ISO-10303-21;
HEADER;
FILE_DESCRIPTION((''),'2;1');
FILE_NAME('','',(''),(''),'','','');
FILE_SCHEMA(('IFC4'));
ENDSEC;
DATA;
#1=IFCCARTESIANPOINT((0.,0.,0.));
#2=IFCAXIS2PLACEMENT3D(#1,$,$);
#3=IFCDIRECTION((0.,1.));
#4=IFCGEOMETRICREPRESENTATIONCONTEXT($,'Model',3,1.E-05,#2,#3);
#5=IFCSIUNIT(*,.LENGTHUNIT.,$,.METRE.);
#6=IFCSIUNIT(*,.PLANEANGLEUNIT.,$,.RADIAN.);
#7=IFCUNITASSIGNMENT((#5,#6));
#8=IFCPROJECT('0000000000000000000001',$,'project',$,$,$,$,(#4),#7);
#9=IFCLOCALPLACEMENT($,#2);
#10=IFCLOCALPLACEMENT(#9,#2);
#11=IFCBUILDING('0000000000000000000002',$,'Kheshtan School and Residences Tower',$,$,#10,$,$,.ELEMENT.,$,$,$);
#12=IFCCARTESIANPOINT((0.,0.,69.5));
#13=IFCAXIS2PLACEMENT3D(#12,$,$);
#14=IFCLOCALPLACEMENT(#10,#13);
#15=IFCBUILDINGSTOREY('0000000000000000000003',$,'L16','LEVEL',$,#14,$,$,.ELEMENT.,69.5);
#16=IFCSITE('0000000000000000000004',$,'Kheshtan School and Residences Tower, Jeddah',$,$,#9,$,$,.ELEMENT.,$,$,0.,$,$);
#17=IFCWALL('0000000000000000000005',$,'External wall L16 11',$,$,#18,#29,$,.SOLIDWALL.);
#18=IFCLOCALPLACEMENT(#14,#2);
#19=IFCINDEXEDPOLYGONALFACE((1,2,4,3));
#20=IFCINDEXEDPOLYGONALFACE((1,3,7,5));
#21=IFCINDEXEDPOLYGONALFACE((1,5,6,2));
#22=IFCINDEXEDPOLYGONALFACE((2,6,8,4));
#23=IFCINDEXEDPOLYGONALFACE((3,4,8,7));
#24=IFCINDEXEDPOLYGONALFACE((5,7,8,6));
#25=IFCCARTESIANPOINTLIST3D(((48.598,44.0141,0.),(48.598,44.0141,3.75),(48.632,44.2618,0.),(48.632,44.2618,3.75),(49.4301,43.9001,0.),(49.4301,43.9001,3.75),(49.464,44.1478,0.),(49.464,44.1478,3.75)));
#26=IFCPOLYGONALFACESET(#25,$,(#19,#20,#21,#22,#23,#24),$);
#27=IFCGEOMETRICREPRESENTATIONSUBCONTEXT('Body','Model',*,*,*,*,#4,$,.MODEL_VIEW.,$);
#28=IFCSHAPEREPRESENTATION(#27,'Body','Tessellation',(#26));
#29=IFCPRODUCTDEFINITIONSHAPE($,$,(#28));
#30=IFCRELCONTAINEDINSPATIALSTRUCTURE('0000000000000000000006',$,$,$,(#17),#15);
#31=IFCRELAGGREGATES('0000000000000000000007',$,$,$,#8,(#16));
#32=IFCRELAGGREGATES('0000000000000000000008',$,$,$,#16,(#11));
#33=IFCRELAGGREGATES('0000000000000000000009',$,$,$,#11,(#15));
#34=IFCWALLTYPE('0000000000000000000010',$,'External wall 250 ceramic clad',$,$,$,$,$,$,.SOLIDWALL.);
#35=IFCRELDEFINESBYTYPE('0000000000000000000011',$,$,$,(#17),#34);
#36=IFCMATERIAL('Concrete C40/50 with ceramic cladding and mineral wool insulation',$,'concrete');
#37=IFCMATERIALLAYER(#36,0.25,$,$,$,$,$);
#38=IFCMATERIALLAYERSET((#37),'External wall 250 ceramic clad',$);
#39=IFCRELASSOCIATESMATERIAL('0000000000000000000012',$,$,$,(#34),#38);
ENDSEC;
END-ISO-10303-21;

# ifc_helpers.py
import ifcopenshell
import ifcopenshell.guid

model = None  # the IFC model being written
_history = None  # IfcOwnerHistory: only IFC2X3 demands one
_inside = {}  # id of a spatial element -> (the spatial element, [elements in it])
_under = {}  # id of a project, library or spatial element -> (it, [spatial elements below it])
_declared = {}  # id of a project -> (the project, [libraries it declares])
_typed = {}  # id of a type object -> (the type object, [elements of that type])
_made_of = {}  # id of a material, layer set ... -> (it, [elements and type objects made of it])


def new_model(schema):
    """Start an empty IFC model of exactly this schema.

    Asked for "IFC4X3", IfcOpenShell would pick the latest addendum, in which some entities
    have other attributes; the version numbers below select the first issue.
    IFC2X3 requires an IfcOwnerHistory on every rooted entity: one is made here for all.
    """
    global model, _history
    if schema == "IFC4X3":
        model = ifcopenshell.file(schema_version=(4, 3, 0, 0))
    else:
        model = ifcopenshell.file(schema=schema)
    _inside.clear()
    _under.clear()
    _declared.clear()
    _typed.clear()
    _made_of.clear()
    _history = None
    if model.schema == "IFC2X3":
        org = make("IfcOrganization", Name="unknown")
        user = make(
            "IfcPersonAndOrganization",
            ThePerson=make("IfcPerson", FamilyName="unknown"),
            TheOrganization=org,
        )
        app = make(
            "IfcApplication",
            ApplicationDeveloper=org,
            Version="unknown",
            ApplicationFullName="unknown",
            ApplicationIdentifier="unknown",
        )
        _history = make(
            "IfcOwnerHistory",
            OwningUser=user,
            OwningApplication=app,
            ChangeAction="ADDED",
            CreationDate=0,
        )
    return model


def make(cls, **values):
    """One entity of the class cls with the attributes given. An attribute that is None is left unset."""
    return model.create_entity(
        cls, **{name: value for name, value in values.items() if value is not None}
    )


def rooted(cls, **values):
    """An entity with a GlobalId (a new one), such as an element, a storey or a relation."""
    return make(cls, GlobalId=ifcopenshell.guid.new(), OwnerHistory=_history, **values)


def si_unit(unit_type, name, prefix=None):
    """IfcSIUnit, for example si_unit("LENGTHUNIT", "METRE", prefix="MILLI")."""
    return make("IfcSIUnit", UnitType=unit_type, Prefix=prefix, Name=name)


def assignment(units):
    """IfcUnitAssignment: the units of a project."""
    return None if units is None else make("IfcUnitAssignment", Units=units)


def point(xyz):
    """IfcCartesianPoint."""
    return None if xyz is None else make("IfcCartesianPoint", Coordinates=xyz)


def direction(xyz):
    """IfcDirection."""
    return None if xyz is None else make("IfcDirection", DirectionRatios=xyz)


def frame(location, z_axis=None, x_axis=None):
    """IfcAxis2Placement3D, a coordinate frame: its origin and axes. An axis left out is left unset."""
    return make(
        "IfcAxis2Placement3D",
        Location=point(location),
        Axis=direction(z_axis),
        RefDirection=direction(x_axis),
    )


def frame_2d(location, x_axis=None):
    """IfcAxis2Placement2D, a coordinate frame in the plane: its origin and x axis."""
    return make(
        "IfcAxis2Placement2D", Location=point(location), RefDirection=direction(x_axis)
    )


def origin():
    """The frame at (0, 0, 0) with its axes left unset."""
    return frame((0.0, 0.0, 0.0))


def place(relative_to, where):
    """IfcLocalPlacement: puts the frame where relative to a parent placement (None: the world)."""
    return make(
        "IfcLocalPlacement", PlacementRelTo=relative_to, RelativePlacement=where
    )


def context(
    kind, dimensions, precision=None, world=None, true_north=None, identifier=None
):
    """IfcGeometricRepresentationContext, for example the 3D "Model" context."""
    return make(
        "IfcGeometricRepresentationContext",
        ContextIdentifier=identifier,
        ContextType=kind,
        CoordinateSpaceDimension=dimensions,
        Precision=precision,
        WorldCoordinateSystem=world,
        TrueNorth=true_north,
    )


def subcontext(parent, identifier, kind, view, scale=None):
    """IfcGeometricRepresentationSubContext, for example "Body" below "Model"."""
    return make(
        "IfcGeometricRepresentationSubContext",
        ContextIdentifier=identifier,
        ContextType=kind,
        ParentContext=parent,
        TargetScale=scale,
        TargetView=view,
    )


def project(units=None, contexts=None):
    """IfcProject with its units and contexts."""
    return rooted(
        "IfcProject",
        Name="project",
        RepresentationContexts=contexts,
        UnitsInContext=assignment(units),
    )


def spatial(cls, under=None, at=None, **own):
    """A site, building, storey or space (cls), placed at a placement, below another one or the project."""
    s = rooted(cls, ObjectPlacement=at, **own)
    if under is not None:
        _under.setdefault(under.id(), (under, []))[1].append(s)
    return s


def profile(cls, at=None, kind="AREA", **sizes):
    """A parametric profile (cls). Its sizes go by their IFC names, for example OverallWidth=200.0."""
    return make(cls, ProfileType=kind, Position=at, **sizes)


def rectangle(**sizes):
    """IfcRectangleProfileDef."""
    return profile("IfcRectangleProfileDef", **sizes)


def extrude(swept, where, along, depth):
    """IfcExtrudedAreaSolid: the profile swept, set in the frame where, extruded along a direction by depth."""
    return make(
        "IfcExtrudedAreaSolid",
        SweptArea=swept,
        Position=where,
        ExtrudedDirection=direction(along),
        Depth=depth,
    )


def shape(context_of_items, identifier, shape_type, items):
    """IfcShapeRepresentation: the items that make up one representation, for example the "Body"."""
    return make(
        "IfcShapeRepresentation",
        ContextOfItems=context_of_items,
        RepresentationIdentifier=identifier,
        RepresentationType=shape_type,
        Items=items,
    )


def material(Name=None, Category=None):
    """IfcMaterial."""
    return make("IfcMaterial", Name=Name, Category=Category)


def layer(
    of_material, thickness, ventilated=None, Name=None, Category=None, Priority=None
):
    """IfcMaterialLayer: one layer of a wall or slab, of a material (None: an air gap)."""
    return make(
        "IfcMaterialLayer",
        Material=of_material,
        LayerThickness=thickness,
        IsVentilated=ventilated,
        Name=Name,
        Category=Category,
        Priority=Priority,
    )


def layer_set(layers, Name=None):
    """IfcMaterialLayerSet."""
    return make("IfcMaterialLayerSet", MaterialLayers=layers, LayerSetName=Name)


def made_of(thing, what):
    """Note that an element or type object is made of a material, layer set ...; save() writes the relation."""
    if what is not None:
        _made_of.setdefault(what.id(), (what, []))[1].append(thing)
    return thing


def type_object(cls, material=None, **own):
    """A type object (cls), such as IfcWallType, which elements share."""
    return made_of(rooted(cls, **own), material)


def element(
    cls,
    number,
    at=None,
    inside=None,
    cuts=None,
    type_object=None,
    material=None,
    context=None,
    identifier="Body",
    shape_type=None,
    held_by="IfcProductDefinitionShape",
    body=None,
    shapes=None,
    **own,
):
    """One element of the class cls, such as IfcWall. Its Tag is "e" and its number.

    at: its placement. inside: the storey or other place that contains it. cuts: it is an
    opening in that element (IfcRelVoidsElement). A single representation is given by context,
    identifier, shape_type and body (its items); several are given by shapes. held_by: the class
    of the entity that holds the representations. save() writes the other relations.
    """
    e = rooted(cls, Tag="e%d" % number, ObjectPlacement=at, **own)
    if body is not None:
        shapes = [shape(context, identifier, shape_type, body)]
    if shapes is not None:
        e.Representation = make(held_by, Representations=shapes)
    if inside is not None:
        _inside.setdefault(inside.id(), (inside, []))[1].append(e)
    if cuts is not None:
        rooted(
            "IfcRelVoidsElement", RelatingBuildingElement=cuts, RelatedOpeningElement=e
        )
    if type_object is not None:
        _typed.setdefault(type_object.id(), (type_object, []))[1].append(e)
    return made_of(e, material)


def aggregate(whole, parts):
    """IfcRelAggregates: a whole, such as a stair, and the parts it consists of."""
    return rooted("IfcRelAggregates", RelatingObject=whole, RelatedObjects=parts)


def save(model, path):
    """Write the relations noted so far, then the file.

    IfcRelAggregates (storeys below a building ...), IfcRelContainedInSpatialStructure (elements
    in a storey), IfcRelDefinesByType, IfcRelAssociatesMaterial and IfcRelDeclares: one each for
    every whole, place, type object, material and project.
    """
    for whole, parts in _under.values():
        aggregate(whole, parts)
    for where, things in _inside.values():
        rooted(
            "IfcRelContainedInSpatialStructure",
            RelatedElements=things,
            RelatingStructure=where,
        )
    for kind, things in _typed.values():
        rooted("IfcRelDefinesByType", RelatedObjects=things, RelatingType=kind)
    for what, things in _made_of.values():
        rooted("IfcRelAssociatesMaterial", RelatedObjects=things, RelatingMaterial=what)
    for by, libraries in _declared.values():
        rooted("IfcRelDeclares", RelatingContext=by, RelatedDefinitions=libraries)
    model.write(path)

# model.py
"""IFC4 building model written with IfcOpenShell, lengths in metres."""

from ifc_helpers import new_model, si_unit, direction, frame, frame_2d, origin, place, context, subcontext, project, spatial, rectangle, extrude, material, layer, layer_set, type_object, element, save


model = new_model("IFC4")

# Units and contexts
model_context = context("Model", 3, precision=1e-05, world=origin(), true_north=direction((0.0, 1.0)))
body_context = subcontext(model_context, "Body", "Model", "MODEL_VIEW")
ifc_project = project(units=[si_unit("LENGTHUNIT", "METRE"), si_unit("PLANEANGLEUNIT", "RADIAN")], contexts=[model_context])

# Site, building, storey
site_placement = place(None, origin())
site = spatial("IfcSite", under=ifc_project, at=site_placement, Name="Kheshtan School and Residences Tower, Jeddah", CompositionType="ELEMENT", RefElevation=0.0)
building_placement = place(site_placement, origin())
building = spatial("IfcBuilding", under=site, at=building_placement, Name="Kheshtan School and Residences Tower", CompositionType="ELEMENT")
storey_placement = place(building_placement, frame((0.0, 0.0, 69.5)))
storey = spatial("IfcBuildingStorey", under=building, at=storey_placement, Name="L16", Description="LEVEL", CompositionType="ELEMENT", Elevation=69.5)

# Wall
ifc_material_1 = material(Name="Concrete C40/50 with ceramic cladding and mineral wool insulation", Category="concrete")
ifc_layer_1 = layer(ifc_material_1, 0.25)
ifc_layer_set_1 = layer_set([ifc_layer_1], Name="External wall 250 ceramic clad")
wall_type = type_object("IfcWallType", Name="External wall 250 ceramic clad", PredefinedType="SOLIDWALL", material=ifc_layer_set_1)
wall_placement = place(storey_placement, frame((48.615, 44.1379, 0.0), z_axis=(0.0, 0.0, 1.0), x_axis=(0.990742, -0.135762, 0.0)))
element("IfcWall", 1, at=wall_placement, inside=storey, type_object=wall_type, Name="External wall L16 11", PredefinedType="SOLIDWALL", context=body_context, shape_type="SweptSolid", body=[
    extrude(rectangle(XDim=0.8398, YDim=0.25, at=frame_2d((0.4199, 0.0))), origin(), (0.0, 0.0, 1.0), 3.75),
])

save(model, "model.ifc")
